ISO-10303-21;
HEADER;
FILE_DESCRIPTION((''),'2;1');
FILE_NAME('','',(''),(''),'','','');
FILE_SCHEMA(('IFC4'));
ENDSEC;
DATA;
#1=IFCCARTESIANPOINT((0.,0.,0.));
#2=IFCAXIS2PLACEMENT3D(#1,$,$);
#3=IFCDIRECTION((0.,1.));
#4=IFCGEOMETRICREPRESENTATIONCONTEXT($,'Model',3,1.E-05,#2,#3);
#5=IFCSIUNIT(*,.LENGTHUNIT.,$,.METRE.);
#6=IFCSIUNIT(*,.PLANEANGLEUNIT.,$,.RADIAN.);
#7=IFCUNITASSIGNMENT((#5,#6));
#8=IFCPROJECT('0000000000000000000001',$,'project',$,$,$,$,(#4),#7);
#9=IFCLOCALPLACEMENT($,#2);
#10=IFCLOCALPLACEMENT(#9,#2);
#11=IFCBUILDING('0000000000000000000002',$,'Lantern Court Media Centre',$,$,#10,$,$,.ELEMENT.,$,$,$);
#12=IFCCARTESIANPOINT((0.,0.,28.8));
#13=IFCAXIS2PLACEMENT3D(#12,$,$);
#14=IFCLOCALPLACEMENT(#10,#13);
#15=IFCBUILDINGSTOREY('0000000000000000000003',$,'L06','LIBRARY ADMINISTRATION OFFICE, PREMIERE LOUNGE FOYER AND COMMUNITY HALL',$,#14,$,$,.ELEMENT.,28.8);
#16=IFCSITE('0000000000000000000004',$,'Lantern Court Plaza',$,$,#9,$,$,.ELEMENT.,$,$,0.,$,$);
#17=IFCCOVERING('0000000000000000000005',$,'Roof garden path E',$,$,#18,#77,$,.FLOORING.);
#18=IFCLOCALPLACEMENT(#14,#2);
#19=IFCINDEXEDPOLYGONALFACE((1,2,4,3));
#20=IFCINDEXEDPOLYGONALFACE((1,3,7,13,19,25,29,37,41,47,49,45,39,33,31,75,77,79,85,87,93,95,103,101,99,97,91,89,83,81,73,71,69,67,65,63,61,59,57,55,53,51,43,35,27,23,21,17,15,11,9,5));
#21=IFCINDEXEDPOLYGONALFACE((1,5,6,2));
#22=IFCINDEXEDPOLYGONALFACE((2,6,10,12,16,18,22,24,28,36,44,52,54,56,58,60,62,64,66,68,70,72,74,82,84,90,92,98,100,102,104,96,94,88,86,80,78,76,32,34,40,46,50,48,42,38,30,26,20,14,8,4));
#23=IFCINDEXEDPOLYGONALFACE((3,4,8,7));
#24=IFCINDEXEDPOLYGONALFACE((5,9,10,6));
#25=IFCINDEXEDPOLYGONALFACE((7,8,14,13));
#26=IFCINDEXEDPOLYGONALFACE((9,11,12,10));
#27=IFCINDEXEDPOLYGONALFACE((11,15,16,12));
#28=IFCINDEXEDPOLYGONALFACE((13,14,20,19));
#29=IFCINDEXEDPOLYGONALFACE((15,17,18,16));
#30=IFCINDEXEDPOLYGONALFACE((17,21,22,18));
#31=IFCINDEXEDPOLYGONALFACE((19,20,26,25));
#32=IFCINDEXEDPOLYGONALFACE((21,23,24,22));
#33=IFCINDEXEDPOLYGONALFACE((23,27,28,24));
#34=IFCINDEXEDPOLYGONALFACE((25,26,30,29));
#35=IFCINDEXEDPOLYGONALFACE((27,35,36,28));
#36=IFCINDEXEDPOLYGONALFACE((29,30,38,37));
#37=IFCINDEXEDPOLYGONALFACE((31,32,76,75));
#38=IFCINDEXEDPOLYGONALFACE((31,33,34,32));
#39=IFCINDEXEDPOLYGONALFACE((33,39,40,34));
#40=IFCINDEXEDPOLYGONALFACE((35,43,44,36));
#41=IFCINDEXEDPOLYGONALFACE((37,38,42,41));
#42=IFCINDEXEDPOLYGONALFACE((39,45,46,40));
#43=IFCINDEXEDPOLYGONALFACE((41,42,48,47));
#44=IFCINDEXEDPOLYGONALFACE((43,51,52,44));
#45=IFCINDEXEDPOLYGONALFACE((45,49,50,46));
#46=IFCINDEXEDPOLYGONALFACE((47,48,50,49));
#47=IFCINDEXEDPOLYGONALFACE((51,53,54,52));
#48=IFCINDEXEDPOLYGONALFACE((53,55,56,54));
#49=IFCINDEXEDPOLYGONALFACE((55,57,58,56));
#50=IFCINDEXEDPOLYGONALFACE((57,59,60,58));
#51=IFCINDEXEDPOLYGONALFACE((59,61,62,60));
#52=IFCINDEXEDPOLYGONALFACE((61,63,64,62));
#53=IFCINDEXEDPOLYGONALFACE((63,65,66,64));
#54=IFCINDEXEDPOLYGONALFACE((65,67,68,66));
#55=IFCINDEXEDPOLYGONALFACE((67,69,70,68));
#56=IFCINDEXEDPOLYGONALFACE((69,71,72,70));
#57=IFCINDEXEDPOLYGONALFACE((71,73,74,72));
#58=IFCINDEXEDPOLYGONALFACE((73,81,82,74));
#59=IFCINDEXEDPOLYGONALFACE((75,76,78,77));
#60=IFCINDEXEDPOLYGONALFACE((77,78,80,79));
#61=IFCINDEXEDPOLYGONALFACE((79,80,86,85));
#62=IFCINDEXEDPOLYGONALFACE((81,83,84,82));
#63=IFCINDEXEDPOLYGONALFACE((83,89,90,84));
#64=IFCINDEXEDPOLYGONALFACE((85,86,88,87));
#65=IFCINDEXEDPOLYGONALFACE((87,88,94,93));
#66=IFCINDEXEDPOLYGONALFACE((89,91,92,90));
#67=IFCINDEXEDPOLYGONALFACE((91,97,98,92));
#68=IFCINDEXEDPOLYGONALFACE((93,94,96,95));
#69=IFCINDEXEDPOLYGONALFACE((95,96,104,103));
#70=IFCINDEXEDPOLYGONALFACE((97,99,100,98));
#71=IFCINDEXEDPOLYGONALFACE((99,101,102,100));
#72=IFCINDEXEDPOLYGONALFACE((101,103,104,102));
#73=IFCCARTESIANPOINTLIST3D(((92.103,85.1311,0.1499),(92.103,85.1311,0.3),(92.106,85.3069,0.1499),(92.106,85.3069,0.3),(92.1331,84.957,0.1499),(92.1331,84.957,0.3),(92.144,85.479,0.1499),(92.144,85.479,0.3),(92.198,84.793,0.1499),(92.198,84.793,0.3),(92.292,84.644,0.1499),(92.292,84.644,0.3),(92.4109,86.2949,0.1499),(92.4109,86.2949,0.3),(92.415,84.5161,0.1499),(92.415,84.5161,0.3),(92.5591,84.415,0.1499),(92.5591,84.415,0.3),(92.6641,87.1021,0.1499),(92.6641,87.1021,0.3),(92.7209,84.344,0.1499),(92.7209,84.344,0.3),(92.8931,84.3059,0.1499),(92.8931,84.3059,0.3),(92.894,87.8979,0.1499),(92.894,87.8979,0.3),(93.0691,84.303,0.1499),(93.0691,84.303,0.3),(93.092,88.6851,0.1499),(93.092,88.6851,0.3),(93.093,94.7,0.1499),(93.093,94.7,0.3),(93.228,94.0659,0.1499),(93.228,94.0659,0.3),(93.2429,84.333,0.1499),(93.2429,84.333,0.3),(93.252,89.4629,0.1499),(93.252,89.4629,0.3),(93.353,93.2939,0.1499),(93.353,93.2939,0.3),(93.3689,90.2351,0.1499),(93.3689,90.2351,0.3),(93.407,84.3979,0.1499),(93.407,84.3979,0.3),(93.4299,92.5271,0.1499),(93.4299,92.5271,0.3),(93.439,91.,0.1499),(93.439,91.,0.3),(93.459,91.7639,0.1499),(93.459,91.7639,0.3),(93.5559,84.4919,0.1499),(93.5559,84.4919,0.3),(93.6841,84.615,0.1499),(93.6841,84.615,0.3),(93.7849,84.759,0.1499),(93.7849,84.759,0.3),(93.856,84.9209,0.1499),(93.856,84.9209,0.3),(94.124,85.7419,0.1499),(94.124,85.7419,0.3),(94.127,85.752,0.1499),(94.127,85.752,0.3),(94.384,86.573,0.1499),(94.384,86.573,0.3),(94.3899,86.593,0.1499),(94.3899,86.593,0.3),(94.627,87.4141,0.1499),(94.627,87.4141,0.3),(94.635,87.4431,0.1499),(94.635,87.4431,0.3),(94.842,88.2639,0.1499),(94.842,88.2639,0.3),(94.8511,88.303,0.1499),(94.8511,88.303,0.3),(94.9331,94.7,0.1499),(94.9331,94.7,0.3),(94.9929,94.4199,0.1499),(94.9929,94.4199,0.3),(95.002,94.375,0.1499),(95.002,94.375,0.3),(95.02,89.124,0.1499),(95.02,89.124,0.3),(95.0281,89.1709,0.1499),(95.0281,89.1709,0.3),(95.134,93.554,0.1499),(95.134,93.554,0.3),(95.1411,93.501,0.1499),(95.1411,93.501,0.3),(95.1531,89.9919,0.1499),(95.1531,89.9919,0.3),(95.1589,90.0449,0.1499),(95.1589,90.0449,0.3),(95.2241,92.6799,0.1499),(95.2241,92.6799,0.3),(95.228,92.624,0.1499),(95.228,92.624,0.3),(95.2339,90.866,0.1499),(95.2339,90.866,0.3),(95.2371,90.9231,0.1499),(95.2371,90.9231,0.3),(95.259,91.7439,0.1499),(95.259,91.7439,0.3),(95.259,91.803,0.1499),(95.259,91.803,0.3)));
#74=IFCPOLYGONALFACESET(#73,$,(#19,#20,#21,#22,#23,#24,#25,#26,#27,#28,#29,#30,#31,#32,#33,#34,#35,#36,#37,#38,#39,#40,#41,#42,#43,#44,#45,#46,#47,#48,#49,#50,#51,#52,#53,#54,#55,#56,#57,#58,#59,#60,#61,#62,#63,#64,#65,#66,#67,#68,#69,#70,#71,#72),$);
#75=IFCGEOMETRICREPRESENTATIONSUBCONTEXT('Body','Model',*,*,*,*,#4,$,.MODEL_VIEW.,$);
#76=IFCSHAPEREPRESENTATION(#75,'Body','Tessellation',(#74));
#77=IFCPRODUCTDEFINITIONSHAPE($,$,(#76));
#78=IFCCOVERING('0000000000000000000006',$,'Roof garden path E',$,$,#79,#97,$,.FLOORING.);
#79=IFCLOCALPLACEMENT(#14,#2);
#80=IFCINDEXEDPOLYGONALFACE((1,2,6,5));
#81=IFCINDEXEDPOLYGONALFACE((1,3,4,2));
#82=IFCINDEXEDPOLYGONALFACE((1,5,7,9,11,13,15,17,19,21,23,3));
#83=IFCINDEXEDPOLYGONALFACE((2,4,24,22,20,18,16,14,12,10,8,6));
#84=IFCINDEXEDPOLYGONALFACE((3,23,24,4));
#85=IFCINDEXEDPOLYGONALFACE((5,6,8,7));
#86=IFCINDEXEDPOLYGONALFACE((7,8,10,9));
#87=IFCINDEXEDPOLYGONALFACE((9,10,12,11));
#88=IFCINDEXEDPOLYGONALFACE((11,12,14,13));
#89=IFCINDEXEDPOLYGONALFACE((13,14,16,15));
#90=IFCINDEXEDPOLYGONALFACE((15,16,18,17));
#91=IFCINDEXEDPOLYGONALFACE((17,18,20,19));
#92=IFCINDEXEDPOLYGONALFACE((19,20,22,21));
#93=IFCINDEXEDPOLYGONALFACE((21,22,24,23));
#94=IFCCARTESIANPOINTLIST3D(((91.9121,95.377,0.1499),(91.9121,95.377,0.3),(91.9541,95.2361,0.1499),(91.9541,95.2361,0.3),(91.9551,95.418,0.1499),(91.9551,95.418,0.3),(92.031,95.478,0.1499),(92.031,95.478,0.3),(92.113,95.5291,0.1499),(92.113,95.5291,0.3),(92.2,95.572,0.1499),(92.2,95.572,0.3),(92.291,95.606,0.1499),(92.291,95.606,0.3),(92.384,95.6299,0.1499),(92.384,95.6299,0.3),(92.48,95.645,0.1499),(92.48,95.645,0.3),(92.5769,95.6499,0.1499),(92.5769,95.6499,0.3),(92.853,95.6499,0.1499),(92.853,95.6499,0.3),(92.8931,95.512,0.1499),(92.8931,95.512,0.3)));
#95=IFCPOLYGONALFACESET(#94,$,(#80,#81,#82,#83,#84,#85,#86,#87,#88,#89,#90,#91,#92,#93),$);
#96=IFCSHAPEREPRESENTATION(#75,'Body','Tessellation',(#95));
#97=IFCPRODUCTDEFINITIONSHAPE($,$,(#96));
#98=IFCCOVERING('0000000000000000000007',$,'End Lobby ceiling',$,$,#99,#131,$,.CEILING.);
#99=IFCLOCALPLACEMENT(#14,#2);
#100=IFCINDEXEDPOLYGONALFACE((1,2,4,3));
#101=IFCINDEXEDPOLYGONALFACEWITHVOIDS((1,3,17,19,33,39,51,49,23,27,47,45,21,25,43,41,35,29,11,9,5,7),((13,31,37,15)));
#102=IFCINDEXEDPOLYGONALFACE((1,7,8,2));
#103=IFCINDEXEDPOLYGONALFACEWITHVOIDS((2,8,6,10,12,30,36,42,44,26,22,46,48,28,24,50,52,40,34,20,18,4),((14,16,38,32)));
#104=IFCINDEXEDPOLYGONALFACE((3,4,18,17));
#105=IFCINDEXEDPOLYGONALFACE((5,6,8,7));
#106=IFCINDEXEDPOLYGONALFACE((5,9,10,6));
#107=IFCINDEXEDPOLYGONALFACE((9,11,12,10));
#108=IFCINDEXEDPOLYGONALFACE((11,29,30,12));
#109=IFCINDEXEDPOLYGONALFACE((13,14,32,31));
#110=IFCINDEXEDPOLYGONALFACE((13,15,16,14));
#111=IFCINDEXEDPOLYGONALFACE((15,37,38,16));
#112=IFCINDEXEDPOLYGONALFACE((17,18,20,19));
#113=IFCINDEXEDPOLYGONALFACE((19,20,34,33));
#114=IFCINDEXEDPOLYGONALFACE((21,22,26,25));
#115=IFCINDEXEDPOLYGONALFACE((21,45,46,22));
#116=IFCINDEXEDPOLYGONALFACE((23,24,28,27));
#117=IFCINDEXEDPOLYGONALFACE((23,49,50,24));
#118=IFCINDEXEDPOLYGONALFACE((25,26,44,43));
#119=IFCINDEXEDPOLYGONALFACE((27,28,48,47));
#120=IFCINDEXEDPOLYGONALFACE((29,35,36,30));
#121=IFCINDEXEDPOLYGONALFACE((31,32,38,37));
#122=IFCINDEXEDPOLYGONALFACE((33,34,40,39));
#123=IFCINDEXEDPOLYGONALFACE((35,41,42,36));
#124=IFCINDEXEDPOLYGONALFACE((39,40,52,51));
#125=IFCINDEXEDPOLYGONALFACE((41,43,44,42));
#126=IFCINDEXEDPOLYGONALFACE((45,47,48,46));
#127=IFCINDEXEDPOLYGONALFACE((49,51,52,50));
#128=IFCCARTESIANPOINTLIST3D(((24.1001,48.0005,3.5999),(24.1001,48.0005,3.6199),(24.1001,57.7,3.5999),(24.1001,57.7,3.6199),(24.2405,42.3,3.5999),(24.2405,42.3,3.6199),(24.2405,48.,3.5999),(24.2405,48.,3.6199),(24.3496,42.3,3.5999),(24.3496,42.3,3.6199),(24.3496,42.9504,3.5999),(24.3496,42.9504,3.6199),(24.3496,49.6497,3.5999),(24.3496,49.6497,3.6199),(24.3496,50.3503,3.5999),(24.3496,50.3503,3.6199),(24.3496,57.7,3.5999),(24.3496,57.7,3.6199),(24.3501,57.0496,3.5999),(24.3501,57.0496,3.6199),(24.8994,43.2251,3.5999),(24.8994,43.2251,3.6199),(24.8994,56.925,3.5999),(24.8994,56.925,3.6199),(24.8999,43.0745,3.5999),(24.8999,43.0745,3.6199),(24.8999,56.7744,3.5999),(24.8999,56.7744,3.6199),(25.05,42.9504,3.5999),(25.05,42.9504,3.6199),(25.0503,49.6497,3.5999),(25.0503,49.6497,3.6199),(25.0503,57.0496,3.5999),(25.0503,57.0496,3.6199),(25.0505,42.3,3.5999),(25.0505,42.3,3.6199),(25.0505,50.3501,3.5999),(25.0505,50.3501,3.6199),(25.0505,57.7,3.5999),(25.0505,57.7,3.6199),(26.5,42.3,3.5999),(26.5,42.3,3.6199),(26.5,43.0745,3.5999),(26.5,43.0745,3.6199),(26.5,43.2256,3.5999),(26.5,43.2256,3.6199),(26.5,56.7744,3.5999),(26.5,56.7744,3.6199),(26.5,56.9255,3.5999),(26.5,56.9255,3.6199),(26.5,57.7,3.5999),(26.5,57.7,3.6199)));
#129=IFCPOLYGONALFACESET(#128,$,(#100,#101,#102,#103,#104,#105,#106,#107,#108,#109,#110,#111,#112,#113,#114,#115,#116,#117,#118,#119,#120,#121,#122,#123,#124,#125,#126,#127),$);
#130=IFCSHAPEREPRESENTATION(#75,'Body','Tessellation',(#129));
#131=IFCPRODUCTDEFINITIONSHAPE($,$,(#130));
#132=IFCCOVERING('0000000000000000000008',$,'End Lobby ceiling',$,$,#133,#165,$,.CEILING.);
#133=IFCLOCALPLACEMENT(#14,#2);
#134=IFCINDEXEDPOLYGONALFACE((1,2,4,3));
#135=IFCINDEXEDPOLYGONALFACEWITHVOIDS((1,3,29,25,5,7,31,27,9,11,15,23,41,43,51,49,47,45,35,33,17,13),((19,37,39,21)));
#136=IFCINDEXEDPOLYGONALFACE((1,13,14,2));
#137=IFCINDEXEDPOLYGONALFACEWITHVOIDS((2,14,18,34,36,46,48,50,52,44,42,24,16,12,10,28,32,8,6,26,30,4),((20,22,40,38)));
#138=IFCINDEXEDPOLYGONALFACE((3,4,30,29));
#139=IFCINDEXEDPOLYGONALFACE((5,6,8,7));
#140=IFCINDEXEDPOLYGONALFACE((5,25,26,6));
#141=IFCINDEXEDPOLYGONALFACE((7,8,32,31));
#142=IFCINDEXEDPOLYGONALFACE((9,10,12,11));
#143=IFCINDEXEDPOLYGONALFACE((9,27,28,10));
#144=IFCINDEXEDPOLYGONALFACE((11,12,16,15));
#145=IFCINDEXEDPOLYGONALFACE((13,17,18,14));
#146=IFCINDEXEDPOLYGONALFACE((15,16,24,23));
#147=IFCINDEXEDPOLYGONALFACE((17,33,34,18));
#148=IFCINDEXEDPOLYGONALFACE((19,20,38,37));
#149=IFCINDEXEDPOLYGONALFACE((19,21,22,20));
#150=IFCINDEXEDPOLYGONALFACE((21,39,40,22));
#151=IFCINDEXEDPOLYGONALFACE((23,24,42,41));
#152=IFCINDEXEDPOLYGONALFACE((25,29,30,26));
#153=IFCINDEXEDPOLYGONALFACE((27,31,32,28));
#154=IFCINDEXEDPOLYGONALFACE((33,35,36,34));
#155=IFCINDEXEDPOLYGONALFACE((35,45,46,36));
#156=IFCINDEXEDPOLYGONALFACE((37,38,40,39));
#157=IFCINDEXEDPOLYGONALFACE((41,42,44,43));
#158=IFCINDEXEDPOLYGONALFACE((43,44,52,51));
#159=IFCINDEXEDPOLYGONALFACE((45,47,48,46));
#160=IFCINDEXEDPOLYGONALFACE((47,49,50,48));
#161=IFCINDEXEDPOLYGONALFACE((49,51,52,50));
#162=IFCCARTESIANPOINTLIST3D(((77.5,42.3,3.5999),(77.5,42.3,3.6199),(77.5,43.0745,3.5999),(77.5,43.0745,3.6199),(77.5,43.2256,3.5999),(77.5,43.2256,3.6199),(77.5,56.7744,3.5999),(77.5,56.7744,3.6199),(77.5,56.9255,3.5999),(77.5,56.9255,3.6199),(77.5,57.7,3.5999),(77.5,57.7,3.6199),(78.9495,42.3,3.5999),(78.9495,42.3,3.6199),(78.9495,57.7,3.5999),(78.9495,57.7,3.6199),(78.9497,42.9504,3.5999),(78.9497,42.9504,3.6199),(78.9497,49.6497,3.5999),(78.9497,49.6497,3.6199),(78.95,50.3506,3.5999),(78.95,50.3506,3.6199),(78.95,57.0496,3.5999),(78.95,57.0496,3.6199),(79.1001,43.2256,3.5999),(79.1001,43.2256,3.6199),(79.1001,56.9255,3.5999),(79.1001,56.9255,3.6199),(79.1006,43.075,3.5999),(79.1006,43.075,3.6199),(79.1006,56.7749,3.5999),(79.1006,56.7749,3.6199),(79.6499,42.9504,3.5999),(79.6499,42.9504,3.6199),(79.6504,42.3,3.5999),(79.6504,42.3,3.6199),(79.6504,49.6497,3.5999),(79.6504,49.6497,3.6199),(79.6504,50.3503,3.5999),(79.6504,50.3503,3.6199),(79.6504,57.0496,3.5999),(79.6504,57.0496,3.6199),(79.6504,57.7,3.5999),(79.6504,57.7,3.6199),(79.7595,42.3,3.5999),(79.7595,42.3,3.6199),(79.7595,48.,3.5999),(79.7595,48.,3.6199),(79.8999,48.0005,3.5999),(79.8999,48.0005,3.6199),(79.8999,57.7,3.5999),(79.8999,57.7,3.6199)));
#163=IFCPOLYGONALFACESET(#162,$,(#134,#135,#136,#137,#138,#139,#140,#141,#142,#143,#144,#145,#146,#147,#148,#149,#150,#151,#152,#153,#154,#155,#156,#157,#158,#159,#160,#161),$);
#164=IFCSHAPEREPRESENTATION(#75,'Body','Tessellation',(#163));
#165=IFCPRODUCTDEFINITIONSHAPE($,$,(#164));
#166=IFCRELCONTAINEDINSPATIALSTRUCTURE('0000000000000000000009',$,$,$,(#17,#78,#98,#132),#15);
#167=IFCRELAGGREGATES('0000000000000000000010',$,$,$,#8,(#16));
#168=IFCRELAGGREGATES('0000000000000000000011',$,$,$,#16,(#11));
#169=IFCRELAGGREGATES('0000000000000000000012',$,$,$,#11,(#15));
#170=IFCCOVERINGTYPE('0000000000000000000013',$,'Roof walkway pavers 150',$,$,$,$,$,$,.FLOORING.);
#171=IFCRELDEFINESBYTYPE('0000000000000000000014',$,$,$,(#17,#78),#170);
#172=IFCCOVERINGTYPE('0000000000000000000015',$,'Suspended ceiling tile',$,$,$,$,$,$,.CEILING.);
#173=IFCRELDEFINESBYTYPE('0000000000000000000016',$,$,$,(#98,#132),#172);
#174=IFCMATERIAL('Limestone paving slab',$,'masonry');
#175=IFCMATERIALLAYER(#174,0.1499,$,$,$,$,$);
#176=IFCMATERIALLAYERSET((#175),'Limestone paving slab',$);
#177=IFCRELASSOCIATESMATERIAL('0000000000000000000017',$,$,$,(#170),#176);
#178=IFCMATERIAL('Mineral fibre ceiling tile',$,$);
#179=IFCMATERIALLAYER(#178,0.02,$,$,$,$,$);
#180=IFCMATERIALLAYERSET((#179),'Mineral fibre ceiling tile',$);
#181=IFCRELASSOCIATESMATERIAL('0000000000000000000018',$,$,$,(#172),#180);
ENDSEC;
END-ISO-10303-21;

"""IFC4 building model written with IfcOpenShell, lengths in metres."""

from ifc_helpers import new_model, si_unit, direction, frame, origin, place, context, subcontext, project, spatial, polyline, outline, extrude, material, layer, layer_set, type_object, element, save


model = new_model("IFC4")

# Units and contexts
model_context = context("Model", 3, precision=1e-05, world=origin(), true_north=direction((0.0, 1.0)))
body_context = subcontext(model_context, "Body", "Model", "MODEL_VIEW")
ifc_project = project(units=[si_unit("LENGTHUNIT", "METRE"), si_unit("PLANEANGLEUNIT", "RADIAN")], contexts=[model_context])

# Site, building, storey
site_placement = place(None, origin())
site = spatial("IfcSite", under=ifc_project, at=site_placement, Name="Lantern Court Plaza", CompositionType="ELEMENT", RefElevation=0.0)
building_placement = place(site_placement, origin())
building = spatial("IfcBuilding", under=site, at=building_placement, Name="Lantern Court Media Centre", CompositionType="ELEMENT")
storey_placement = place(building_placement, frame((0.0, 0.0, 28.8)))
storey = spatial("IfcBuildingStorey", under=building, at=storey_placement, Name="L06", Description="LIBRARY ADMINISTRATION OFFICE, PREMIERE LOUNGE FOYER AND COMMUNITY HALL", CompositionType="ELEMENT", Elevation=28.8)

# Coverings
ifc_material_1 = material(Name="Limestone paving slab", Category="masonry")
ifc_layer_1 = layer(ifc_material_1, 0.1499)
ifc_layer_set_1 = layer_set([ifc_layer_1], Name="Limestone paving slab")
covering_type_1 = type_object("IfcCoveringType", Name="Roof walkway pavers 150", PredefinedType="FLOORING", material=ifc_layer_set_1)
covering_1_placement = place(storey_placement, frame((0.0, 0.0, 0.1499)))
element("IfcCovering", 1, at=covering_1_placement, inside=storey, type_object=covering_type_1, Name="Roof garden path E", PredefinedType="FLOORING", context=body_context, shape_type="SweptSolid", body=[
    extrude(outline(polyline([(92.5591, 84.415), (92.415, 84.5161), (92.292, 84.644), (92.198, 84.793), (92.1331, 84.957), (92.103, 85.1311), (92.106, 85.3069), (92.144, 85.479), (92.4109, 86.2949), (92.6641, 87.1021), (92.894, 87.8979), (93.092, 88.6851), (93.252, 89.4629), (93.3689, 90.2351), (93.439, 91.0), (93.459, 91.7639), (93.4299, 92.5271), (93.353, 93.2939), (93.228, 94.0659), (93.093, 94.7), (94.9331, 94.7), (94.9929, 94.4199), (95.002, 94.375), (95.134, 93.554), (95.1411, 93.501), (95.2241, 92.6799), (95.228, 92.624), (95.259, 91.803), (95.259, 91.7439), (95.2371, 90.9231), (95.2339, 90.866), (95.1589, 90.0449), (95.1531, 89.9919), (95.0281, 89.1709), (95.02, 89.124), (94.8511, 88.303), (94.842, 88.2639), (94.635, 87.4431), (94.627, 87.4141), (94.3899, 86.593), (94.384, 86.573), (94.127, 85.752), (94.124, 85.7419), (93.856, 84.9209), (93.7849, 84.759), (93.6841, 84.615), (93.5559, 84.4919), (93.407, 84.3979), (93.2429, 84.333), (93.0691, 84.303), (92.8931, 84.3059), (92.7209, 84.344), (92.5591, 84.415)])), origin(), (0.0, 0.0, 1.0), 0.1501),
])
covering_2_placement = place(storey_placement, frame((0.0, 0.0, 0.1499)))
element("IfcCovering", 2, at=covering_2_placement, inside=storey, type_object=covering_type_1, Name="Roof garden path E", PredefinedType="FLOORING", context=body_context, shape_type="SweptSolid", body=[
    extrude(outline(polyline([(92.291, 95.606), (92.384, 95.6299), (92.48, 95.645), (92.5769, 95.6499), (92.853, 95.6499), (92.8931, 95.512), (91.9541, 95.2361), (91.9121, 95.377), (91.9551, 95.418), (92.031, 95.478), (92.113, 95.5291), (92.2, 95.572), (92.291, 95.606)])), origin(), (0.0, 0.0, 1.0), 0.1501),
])
ifc_material_2 = material(Name="Mineral fibre ceiling tile")
ifc_layer_2 = layer(ifc_material_2, 0.02)
ifc_layer_set_2 = layer_set([ifc_layer_2], Name="Mineral fibre ceiling tile")
covering_type_2 = type_object("IfcCoveringType", Name="Suspended ceiling tile", PredefinedType="CEILING", material=ifc_layer_set_2)
covering_3_placement = place(storey_placement, frame((0.0, 0.0, 3.5999)))
element("IfcCovering", 3, at=covering_3_placement, inside=storey, type_object=covering_type_2, Name="End Lobby ceiling", PredefinedType="CEILING", context=body_context, shape_type="SweptSolid", body=[
    extrude(outline(polyline([(24.2405, 42.3), (24.2405, 48.0), (24.1001, 48.0005), (24.1001, 57.7), (24.3496, 57.7), (24.3501, 57.0496), (25.0503, 57.0496), (25.0505, 57.7), (26.5, 57.7), (26.5, 56.9255), (24.8994, 56.925), (24.8999, 56.7744), (26.5, 56.7744), (26.5, 43.2256), (24.8994, 43.2251), (24.8999, 43.0745), (26.5, 43.0745), (26.5, 42.3), (25.0505, 42.3), (25.05, 42.9504), (24.3496, 42.9504), (24.3496, 42.3), (24.2405, 42.3)]), holes=[polyline([(25.0505, 50.3501), (24.3496, 50.3503), (24.3496, 49.6497), (25.0503, 49.6497), (25.0505, 50.3501)])]), origin(), (0.0, 0.0, 1.0), 0.02),
])
covering_4_placement = place(storey_placement, frame((0.0, 0.0, 3.5999)))
element("IfcCovering", 4, at=covering_4_placement, inside=storey, type_object=covering_type_2, Name="End Lobby ceiling", PredefinedType="CEILING", context=body_context, shape_type="SweptSolid", body=[
    extrude(outline(polyline([(77.5, 42.3), (77.5, 43.0745), (79.1006, 43.075), (79.1001, 43.2256), (77.5, 43.2256), (77.5, 56.7744), (79.1006, 56.7749), (79.1001, 56.9255), (77.5, 56.9255), (77.5, 57.7), (78.9495, 57.7), (78.95, 57.0496), (79.6504, 57.0496), (79.6504, 57.7), (79.8999, 57.7), (79.8999, 48.0005), (79.7595, 48.0), (79.7595, 42.3), (79.6504, 42.3), (79.6499, 42.9504), (78.9497, 42.9504), (78.9495, 42.3), (77.5, 42.3)]), holes=[polyline([(78.95, 50.3506), (78.9497, 49.6497), (79.6504, 49.6497), (79.6504, 50.3503), (78.95, 50.3506)])]), origin(), (0.0, 0.0, 1.0), 0.02),
])

save(model, "model.ifc")
